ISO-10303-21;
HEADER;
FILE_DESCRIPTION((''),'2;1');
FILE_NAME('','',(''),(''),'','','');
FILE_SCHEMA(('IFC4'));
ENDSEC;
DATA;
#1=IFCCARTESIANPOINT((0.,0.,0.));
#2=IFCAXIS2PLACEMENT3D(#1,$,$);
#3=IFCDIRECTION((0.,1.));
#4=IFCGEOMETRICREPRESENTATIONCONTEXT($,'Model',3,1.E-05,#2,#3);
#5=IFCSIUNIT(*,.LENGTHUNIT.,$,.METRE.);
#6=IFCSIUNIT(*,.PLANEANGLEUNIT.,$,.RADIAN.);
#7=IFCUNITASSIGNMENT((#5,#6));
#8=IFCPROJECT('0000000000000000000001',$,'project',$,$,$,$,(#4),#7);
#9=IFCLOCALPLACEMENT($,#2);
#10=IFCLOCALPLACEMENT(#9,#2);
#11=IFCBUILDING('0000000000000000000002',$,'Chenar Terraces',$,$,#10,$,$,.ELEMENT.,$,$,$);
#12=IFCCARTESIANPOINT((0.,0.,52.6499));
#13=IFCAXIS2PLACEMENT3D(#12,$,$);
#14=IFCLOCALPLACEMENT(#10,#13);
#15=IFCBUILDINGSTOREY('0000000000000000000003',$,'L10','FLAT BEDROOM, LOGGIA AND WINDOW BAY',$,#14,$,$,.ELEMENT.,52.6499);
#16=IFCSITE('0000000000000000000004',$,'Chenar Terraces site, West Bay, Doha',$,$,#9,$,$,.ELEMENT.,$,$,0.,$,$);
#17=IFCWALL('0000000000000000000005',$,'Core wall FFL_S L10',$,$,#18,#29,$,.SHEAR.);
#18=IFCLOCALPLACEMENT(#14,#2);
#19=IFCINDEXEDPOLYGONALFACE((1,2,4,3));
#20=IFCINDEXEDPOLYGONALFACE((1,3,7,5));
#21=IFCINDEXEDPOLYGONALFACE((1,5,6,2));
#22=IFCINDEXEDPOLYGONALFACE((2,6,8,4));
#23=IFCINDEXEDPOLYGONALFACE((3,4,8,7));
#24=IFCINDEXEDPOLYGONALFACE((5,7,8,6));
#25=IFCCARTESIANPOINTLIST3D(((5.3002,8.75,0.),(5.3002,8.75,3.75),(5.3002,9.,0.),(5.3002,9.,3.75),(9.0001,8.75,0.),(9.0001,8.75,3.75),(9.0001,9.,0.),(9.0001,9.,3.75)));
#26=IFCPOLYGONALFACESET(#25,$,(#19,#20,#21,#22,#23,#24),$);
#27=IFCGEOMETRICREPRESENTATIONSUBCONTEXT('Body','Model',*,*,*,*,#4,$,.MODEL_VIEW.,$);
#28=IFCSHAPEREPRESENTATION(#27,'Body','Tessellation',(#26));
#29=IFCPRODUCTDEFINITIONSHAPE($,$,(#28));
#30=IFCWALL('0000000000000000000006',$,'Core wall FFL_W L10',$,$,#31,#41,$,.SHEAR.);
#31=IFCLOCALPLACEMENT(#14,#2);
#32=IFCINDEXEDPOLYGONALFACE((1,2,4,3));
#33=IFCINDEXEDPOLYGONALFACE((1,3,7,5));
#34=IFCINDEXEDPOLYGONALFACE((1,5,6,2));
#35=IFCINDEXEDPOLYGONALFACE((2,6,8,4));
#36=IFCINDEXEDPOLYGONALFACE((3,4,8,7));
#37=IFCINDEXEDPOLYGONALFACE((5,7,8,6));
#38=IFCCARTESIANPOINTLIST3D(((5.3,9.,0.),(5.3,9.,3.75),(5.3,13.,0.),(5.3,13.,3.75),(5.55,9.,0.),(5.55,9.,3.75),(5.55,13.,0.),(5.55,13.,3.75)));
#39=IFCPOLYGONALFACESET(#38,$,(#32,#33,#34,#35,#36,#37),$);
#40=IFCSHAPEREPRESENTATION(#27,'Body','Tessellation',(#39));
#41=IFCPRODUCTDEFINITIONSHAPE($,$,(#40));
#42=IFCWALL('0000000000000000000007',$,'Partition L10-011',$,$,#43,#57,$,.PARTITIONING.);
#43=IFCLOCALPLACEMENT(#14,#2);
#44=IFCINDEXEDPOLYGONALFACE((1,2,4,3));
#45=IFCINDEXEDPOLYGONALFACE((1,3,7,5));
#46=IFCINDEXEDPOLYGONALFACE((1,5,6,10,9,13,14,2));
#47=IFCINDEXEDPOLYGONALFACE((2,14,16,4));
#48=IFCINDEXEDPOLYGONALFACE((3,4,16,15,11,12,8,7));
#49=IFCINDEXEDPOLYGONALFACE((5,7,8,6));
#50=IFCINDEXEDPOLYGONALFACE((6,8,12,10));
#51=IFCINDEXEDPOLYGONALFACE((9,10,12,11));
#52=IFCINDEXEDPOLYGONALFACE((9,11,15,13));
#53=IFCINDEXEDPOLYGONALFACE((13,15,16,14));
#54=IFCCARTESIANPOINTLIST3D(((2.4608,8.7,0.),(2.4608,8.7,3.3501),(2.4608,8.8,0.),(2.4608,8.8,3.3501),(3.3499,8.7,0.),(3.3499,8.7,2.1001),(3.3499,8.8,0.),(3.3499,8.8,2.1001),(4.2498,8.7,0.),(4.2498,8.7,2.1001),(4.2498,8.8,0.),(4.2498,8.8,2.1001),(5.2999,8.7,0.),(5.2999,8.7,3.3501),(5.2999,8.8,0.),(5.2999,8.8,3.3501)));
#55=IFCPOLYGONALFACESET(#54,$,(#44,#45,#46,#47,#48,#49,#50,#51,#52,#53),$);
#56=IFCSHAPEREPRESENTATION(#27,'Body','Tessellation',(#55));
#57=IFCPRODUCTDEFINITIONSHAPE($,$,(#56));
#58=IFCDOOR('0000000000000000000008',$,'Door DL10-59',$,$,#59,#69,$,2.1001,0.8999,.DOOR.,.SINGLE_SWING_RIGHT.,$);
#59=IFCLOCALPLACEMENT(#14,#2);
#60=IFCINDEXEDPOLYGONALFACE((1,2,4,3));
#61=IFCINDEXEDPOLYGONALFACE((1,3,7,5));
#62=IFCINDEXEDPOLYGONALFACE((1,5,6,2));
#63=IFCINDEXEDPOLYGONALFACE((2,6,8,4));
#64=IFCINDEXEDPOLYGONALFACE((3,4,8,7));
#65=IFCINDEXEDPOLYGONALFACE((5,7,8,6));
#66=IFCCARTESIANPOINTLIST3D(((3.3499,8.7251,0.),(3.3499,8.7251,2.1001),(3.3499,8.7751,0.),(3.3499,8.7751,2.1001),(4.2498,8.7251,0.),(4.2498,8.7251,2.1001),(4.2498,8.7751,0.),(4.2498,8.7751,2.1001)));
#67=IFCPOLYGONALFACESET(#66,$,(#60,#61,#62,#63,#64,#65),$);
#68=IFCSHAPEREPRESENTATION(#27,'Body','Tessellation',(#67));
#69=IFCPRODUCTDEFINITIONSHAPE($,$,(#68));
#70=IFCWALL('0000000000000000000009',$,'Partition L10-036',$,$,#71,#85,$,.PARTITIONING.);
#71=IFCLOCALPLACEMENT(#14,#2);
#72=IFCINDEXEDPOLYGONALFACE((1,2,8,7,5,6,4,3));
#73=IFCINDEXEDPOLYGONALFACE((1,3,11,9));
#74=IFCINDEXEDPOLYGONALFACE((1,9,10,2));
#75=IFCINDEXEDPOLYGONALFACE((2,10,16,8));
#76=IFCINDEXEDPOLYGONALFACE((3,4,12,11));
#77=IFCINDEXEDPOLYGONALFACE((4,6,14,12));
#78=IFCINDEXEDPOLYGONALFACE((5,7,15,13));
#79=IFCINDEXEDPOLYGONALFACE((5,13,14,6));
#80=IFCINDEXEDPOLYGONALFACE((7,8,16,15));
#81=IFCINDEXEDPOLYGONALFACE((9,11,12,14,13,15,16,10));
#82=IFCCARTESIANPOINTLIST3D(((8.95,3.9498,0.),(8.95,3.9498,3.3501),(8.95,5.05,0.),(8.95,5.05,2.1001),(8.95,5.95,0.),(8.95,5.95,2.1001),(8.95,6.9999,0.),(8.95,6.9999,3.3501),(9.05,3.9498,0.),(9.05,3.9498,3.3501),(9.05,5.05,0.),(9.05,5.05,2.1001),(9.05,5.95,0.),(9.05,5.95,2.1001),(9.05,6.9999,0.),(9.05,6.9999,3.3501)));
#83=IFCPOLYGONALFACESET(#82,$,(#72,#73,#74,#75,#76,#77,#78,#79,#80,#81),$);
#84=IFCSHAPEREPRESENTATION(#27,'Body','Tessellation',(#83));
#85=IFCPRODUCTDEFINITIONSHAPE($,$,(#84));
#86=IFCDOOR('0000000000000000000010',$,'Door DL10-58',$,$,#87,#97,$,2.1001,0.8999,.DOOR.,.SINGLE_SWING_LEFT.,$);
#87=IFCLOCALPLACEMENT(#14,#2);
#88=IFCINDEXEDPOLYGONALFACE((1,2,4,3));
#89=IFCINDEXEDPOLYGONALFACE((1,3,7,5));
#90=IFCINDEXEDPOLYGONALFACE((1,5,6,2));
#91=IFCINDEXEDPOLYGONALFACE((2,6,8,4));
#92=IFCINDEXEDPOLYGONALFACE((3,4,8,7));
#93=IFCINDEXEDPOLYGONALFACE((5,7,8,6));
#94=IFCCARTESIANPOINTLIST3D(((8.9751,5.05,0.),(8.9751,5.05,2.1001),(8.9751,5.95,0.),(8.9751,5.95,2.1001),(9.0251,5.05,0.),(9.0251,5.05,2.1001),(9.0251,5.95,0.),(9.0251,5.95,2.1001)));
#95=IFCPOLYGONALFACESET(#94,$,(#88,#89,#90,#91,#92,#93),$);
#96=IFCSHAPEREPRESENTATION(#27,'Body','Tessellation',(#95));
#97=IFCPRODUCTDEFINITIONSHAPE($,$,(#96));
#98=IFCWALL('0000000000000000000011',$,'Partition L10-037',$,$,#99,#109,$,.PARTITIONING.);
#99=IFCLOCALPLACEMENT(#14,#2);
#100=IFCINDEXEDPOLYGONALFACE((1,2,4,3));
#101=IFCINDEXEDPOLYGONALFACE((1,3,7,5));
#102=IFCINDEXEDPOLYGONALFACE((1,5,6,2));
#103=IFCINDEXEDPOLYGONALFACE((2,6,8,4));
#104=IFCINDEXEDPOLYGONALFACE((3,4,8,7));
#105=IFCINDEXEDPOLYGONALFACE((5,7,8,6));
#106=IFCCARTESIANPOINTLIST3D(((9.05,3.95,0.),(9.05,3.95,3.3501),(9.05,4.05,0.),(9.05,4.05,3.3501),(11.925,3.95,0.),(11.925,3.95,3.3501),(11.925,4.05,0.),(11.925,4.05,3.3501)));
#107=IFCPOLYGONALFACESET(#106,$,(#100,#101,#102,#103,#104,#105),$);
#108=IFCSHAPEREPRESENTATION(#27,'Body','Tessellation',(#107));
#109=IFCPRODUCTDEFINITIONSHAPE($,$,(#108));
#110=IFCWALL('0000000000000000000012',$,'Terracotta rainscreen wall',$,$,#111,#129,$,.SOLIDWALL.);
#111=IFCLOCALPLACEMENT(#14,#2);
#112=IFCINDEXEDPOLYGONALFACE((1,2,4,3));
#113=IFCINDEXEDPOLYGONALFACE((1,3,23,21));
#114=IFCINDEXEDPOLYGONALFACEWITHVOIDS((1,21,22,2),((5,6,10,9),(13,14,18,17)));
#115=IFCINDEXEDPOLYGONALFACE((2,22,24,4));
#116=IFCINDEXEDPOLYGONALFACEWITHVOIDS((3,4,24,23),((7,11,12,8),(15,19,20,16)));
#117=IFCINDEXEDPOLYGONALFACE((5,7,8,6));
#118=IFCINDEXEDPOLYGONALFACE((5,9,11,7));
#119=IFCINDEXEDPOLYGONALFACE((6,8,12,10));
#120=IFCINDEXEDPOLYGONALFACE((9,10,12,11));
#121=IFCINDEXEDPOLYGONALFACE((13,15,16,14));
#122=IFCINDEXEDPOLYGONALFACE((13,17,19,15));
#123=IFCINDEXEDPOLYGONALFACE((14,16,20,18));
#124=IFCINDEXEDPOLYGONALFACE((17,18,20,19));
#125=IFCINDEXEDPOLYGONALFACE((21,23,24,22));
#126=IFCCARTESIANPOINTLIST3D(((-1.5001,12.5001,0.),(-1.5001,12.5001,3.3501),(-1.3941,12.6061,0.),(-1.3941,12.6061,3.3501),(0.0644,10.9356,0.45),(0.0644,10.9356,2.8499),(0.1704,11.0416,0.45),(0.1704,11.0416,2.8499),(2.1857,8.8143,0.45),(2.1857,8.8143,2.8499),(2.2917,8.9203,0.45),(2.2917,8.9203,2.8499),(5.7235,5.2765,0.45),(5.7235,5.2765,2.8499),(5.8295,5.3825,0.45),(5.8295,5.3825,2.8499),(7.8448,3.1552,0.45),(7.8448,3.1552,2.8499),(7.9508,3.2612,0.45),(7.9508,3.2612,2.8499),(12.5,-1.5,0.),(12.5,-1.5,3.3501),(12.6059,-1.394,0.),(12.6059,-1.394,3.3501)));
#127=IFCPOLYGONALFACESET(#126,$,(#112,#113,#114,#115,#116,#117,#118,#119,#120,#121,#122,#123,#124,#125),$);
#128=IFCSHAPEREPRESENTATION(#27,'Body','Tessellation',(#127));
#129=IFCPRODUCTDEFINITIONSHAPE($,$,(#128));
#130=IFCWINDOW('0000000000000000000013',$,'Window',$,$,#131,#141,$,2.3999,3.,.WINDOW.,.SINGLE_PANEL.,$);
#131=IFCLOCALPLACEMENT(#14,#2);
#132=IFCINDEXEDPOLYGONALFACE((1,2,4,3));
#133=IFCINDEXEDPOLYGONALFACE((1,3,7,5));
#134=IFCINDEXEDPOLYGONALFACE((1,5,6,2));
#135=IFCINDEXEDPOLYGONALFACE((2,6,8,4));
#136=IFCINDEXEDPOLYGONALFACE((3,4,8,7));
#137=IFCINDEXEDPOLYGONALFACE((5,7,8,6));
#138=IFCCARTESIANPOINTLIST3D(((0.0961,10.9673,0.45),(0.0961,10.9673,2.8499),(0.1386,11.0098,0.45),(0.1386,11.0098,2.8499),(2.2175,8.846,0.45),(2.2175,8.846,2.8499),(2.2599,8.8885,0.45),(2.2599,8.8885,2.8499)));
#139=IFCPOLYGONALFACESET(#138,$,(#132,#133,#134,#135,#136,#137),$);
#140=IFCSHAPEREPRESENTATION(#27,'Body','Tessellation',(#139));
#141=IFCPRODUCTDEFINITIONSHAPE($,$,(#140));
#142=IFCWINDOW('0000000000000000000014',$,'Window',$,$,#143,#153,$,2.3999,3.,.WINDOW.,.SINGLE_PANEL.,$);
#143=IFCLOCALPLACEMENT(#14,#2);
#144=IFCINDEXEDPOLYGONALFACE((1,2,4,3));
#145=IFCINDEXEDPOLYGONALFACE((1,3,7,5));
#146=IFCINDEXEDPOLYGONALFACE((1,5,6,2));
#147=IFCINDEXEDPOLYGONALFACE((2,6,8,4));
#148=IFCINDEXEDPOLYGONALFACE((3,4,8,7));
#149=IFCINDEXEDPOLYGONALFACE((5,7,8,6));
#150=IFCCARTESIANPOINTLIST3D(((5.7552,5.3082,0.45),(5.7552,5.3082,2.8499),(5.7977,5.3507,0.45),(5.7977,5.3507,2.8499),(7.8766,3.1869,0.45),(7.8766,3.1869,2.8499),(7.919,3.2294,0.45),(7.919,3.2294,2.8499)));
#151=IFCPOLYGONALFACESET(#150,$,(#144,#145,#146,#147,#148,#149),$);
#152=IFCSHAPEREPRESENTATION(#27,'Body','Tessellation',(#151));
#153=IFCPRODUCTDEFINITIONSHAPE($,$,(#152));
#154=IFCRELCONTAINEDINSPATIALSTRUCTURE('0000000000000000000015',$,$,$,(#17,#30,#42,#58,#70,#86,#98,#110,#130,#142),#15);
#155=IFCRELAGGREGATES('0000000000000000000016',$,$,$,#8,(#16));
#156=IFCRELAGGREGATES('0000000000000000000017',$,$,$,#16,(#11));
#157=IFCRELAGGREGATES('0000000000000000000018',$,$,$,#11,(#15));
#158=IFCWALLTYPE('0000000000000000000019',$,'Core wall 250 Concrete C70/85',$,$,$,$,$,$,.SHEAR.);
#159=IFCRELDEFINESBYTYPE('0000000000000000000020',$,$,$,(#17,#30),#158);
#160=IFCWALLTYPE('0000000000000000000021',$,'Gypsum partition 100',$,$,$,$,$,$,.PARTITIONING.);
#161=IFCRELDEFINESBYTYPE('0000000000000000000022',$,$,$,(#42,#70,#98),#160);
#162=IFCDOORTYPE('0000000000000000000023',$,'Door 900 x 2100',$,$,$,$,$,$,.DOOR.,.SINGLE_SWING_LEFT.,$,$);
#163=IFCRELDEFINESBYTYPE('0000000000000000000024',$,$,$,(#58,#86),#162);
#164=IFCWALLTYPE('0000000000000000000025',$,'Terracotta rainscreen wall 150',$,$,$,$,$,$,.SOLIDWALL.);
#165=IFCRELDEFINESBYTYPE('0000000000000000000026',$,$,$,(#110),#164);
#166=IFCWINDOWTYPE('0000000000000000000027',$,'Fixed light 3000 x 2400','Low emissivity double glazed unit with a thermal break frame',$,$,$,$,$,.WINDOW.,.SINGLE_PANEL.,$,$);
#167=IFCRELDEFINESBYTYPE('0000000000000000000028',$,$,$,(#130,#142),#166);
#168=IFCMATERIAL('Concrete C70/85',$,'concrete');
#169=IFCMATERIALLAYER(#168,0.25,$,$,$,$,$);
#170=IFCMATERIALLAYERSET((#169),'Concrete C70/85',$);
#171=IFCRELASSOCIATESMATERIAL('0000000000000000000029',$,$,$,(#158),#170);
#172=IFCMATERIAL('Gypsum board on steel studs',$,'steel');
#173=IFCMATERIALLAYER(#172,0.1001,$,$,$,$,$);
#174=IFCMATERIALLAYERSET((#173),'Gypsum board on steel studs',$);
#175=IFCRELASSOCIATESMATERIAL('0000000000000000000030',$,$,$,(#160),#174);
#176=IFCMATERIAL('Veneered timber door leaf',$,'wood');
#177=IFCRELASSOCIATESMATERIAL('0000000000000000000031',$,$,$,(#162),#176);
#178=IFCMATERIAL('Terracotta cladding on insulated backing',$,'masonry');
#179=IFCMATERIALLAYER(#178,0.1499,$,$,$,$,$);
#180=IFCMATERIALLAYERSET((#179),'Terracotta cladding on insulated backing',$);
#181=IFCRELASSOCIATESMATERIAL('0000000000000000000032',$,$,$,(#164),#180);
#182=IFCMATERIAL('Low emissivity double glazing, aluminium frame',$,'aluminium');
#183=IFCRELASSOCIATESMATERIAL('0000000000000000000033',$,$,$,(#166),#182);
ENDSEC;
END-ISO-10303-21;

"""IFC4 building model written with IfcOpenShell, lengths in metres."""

from ifc_helpers import new_model, si_unit, direction, frame, frame_2d, origin, place, context, subcontext, project, spatial, rectangle, extrude, material, layer, layer_set, type_object, element, fill, save


model = new_model("IFC4")

# Units and contexts
model_context = context("Model", 3, precision=1e-05, world=origin(), true_north=direction((0.0, 1.0)))
body_context = subcontext(model_context, "Body", "Model", "MODEL_VIEW")
ifc_project = project(units=[si_unit("LENGTHUNIT", "METRE"), si_unit("PLANEANGLEUNIT", "RADIAN")], contexts=[model_context])

# Site, building, storey
site_placement = place(None, origin())
site = spatial("IfcSite", under=ifc_project, at=site_placement, Name="Chenar Terraces site, West Bay, Doha", CompositionType="ELEMENT", RefElevation=0.0)
building_placement = place(site_placement, origin())
building = spatial("IfcBuilding", under=site, at=building_placement, Name="Chenar Terraces", CompositionType="ELEMENT")
storey_placement = place(building_placement, frame((0.0, 0.0, 52.6499)))
storey = spatial("IfcBuildingStorey", under=building, at=storey_placement, Name="L10", Description="FLAT BEDROOM, LOGGIA AND WINDOW BAY", CompositionType="ELEMENT", Elevation=52.6499)

# Shared definitions
ifc_material_1 = material(Name="Concrete C70/85", Category="concrete")
ifc_layer_1 = layer(ifc_material_1, 0.25)
ifc_layer_set_1 = layer_set([ifc_layer_1], Name="Concrete C70/85")
wall_type_1 = type_object("IfcWallType", Name="Core wall 250 Concrete C70/85", PredefinedType="SHEAR", material=ifc_layer_set_1)

# Walls
wall_1_placement = place(storey_placement, frame((5.3, 8.875, 0.0), z_axis=(0.0, 0.0, 1.0), x_axis=(1.0, 0.0, 0.0)))
element("IfcWall", 1, at=wall_1_placement, inside=storey, type_object=wall_type_1, Name="Core wall FFL_S L10", PredefinedType="SHEAR", context=body_context, shape_type="SweptSolid", body=[
    extrude(rectangle(XDim=3.7, YDim=0.25, at=frame_2d((1.8501, 0.0))), origin(), (0.0, 0.0, 1.0), 3.75),
])
wall_2_placement = place(storey_placement, frame((5.425, 9.0, 0.0), z_axis=(0.0, 0.0, 1.0), x_axis=(0.0, 1.0, 0.0)))
element("IfcWall", 2, at=wall_2_placement, inside=storey, type_object=wall_type_1, Name="Core wall FFL_W L10", PredefinedType="SHEAR", context=body_context, shape_type="SweptSolid", body=[
    extrude(rectangle(XDim=4.0, YDim=0.25, at=frame_2d((2.0, 0.0))), origin(), (0.0, 0.0, 1.0), 3.75),
])

# Walls, openings, doors
ifc_material_2 = material(Name="Gypsum board on steel studs", Category="steel")
ifc_layer_2 = layer(ifc_material_2, 0.1001)
ifc_layer_set_2 = layer_set([ifc_layer_2], Name="Gypsum board on steel studs")
wall_type_2 = type_object("IfcWallType", Name="Gypsum partition 100", PredefinedType="PARTITIONING", material=ifc_layer_set_2)
wall_3_placement = place(storey_placement, frame((2.4609, 8.75, 0.0), z_axis=(0.0, 0.0, 1.0), x_axis=(1.0, 0.0, 0.0)))
wall_3 = element("IfcWall", 3, at=wall_3_placement, inside=storey, type_object=wall_type_2, Name="Partition L10-011", PredefinedType="PARTITIONING", context=body_context, shape_type="SweptSolid", body=[
    extrude(rectangle(XDim=2.8391, YDim=0.1001, at=frame_2d((1.4194, 0.0))), origin(), (0.0, 0.0, 1.0), 3.3501),
])
opening_1_placement = place(wall_3_placement, frame((0.8889, 0.0, 0.0)))
opening_1 = element("IfcOpeningElement", 4, at=opening_1_placement, cuts=wall_3, PredefinedType="OPENING", context=body_context, shape_type="SweptSolid", body=[
    extrude(rectangle(XDim=0.8999, YDim=2.1001, at=frame_2d((0.45, 1.05))), frame((0.0, 0.0601, 0.0), z_axis=(0.0, -1.0, 0.0), x_axis=(1.0, 0.0, 0.0)), (0.0, 0.0, 1.0), 0.1201),
])
ifc_material_3 = material(Name="Veneered timber door leaf", Category="wood")
door_type_1 = type_object("IfcDoorType", Name="Door 900 x 2100", OperationType="SINGLE_SWING_LEFT", PredefinedType="DOOR", material=ifc_material_3)
door_1_placement = place(opening_1_placement, frame((0.8999, 0.0, 0.0), z_axis=(0.0, 0.0, 1.0), x_axis=(-1.0, 0.0, 0.0)))
door_1 = element("IfcDoor", 5, at=door_1_placement, inside=storey, type_object=door_type_1, Name="Door DL10-59", OperationType="SINGLE_SWING_RIGHT", OverallHeight=2.1001, OverallWidth=0.8999, PredefinedType="DOOR", context=body_context, shape_type="SweptSolid", body=[
    extrude(rectangle(XDim=0.8999, YDim=2.1001, at=frame_2d((0.45, 1.05))), frame((0.0, 0.0249, 0.0), z_axis=(0.0, -1.0, 0.0), x_axis=(1.0, 0.0, 0.0)), (0.0, 0.0, 1.0), 0.05),
])
fill(opening_1, door_1)
wall_4_placement = place(storey_placement, frame((9.0, 3.95, 0.0), z_axis=(0.0, 0.0, 1.0), x_axis=(0.0, 1.0, 0.0)))
wall_4 = element("IfcWall", 6, at=wall_4_placement, inside=storey, type_object=wall_type_2, Name="Partition L10-036", PredefinedType="PARTITIONING", context=body_context, shape_type="SweptSolid", body=[
    extrude(rectangle(XDim=3.05, YDim=0.1001, at=frame_2d((1.5249, 0.0))), origin(), (0.0, 0.0, 1.0), 3.3501),
])
opening_2_placement = place(wall_4_placement, frame((1.1001, 0.0, 0.0)))
opening_2 = element("IfcOpeningElement", 7, at=opening_2_placement, cuts=wall_4, PredefinedType="OPENING", context=body_context, shape_type="SweptSolid", body=[
    extrude(rectangle(XDim=0.8999, YDim=2.1001, at=frame_2d((0.45, 1.05))), frame((0.0, 0.0601, 0.0), z_axis=(0.0, -1.0, 0.0), x_axis=(1.0, 0.0, 0.0)), (0.0, 0.0, 1.0), 0.1201),
])
door_2_placement = place(opening_2_placement, origin())
door_2 = element("IfcDoor", 8, at=door_2_placement, inside=storey, type_object=door_type_1, Name="Door DL10-58", OperationType="SINGLE_SWING_LEFT", OverallHeight=2.1001, OverallWidth=0.8999, PredefinedType="DOOR", context=body_context, shape_type="SweptSolid", body=[
    extrude(rectangle(XDim=0.8999, YDim=2.1001, at=frame_2d((0.45, 1.05))), frame((0.0, 0.0249, 0.0), z_axis=(0.0, -1.0, 0.0), x_axis=(1.0, 0.0, 0.0)), (0.0, 0.0, 1.0), 0.05),
])
fill(opening_2, door_2)

# Wall
wall_5_placement = place(storey_placement, frame((9.05, 4.0, 0.0), z_axis=(0.0, 0.0, 1.0), x_axis=(1.0, 0.0, 0.0)))
element("IfcWall", 9, at=wall_5_placement, inside=storey, type_object=wall_type_2, Name="Partition L10-037", PredefinedType="PARTITIONING", context=body_context, shape_type="SweptSolid", body=[
    extrude(rectangle(XDim=2.875, YDim=0.1001, at=frame_2d((1.4375, 0.0))), origin(), (0.0, 0.0, 1.0), 3.3501),
])

# Wall, openings, windows
ifc_material_4 = material(Name="Terracotta cladding on insulated backing", Category="masonry")
ifc_layer_3 = layer(ifc_material_4, 0.1499)
ifc_layer_set_3 = layer_set([ifc_layer_3], Name="Terracotta cladding on insulated backing")
wall_type_3 = type_object("IfcWallType", Name="Terracotta rainscreen wall 150", PredefinedType="SOLIDWALL", material=ifc_layer_set_3)
wall_6_placement = place(storey_placement, frame((-1.447, 12.553, 0.0), z_axis=(0.0, 0.0, 1.0), x_axis=(0.707107, -0.707107, 0.0)))
wall_6 = element("IfcWall", 10, at=wall_6_placement, inside=storey, type_object=wall_type_3, Name="Terracotta rainscreen wall", PredefinedType="SOLIDWALL", context=body_context, shape_type="SweptSolid", body=[
    extrude(rectangle(XDim=19.7991, YDim=0.1499, at=frame_2d((9.8994, 0.0))), origin(), (0.0, 0.0, 1.0), 3.3501),
])
opening_3_placement = place(wall_6_placement, frame((2.2124, 0.0, 0.45)))
opening_3 = element("IfcOpeningElement", 11, at=opening_3_placement, cuts=wall_6, PredefinedType="OPENING", context=body_context, shape_type="SweptSolid", body=[
    extrude(rectangle(XDim=3.0, YDim=2.3999, at=frame_2d((1.5, 1.2))), frame((0.0, 0.085, 0.0), z_axis=(0.0, -1.0, 0.0), x_axis=(1.0, 0.0, 0.0)), (0.0, 0.0, 1.0), 0.1699),
])
opening_4_placement = place(wall_6_placement, frame((10.2156, 0.0, 0.45)))
opening_4 = element("IfcOpeningElement", 12, at=opening_4_placement, cuts=wall_6, PredefinedType="OPENING", context=body_context, shape_type="SweptSolid", body=[
    extrude(rectangle(XDim=3.0, YDim=2.3999, at=frame_2d((1.5, 1.2))), frame((0.0, 0.085, 0.0), z_axis=(0.0, -1.0, 0.0), x_axis=(1.0, 0.0, 0.0)), (0.0, 0.0, 1.0), 0.1699),
])
ifc_material_5 = material(Name="Low emissivity double glazing, aluminium frame", Category="aluminium")
window_type = type_object("IfcWindowType", Name="Fixed light 3000 x 2400", Description="Low emissivity double glazed unit with a thermal break frame", PartitioningType="SINGLE_PANEL", PredefinedType="WINDOW", material=ifc_material_5)
window_1_placement = place(opening_3_placement, origin())
window_1 = element("IfcWindow", 13, at=window_1_placement, inside=storey, type_object=window_type, Name="Window", OverallHeight=2.3999, OverallWidth=3.0, PartitioningType="SINGLE_PANEL", PredefinedType="WINDOW", context=body_context, shape_type="SweptSolid", body=[
    extrude(rectangle(XDim=3.0, YDim=2.3999, at=frame_2d((1.5, 1.2))), frame((0.0, 0.03, 0.0), z_axis=(0.0, -1.0, 0.0), x_axis=(1.0, 0.0, 0.0)), (0.0, 0.0, 1.0), 0.0601),
])
fill(opening_3, window_1)
window_2_placement = place(opening_4_placement, origin())
window_2 = element("IfcWindow", 14, at=window_2_placement, inside=storey, type_object=window_type, Name="Window", OverallHeight=2.3999, OverallWidth=3.0, PartitioningType="SINGLE_PANEL", PredefinedType="WINDOW", context=body_context, shape_type="SweptSolid", body=[
    extrude(rectangle(XDim=3.0, YDim=2.3999, at=frame_2d((1.5, 1.2))), frame((0.0, 0.03, 0.0), z_axis=(0.0, -1.0, 0.0), x_axis=(1.0, 0.0, 0.0)), (0.0, 0.0, 1.0), 0.0601),
])
fill(opening_4, window_2)

save(model, "model.ifc")
